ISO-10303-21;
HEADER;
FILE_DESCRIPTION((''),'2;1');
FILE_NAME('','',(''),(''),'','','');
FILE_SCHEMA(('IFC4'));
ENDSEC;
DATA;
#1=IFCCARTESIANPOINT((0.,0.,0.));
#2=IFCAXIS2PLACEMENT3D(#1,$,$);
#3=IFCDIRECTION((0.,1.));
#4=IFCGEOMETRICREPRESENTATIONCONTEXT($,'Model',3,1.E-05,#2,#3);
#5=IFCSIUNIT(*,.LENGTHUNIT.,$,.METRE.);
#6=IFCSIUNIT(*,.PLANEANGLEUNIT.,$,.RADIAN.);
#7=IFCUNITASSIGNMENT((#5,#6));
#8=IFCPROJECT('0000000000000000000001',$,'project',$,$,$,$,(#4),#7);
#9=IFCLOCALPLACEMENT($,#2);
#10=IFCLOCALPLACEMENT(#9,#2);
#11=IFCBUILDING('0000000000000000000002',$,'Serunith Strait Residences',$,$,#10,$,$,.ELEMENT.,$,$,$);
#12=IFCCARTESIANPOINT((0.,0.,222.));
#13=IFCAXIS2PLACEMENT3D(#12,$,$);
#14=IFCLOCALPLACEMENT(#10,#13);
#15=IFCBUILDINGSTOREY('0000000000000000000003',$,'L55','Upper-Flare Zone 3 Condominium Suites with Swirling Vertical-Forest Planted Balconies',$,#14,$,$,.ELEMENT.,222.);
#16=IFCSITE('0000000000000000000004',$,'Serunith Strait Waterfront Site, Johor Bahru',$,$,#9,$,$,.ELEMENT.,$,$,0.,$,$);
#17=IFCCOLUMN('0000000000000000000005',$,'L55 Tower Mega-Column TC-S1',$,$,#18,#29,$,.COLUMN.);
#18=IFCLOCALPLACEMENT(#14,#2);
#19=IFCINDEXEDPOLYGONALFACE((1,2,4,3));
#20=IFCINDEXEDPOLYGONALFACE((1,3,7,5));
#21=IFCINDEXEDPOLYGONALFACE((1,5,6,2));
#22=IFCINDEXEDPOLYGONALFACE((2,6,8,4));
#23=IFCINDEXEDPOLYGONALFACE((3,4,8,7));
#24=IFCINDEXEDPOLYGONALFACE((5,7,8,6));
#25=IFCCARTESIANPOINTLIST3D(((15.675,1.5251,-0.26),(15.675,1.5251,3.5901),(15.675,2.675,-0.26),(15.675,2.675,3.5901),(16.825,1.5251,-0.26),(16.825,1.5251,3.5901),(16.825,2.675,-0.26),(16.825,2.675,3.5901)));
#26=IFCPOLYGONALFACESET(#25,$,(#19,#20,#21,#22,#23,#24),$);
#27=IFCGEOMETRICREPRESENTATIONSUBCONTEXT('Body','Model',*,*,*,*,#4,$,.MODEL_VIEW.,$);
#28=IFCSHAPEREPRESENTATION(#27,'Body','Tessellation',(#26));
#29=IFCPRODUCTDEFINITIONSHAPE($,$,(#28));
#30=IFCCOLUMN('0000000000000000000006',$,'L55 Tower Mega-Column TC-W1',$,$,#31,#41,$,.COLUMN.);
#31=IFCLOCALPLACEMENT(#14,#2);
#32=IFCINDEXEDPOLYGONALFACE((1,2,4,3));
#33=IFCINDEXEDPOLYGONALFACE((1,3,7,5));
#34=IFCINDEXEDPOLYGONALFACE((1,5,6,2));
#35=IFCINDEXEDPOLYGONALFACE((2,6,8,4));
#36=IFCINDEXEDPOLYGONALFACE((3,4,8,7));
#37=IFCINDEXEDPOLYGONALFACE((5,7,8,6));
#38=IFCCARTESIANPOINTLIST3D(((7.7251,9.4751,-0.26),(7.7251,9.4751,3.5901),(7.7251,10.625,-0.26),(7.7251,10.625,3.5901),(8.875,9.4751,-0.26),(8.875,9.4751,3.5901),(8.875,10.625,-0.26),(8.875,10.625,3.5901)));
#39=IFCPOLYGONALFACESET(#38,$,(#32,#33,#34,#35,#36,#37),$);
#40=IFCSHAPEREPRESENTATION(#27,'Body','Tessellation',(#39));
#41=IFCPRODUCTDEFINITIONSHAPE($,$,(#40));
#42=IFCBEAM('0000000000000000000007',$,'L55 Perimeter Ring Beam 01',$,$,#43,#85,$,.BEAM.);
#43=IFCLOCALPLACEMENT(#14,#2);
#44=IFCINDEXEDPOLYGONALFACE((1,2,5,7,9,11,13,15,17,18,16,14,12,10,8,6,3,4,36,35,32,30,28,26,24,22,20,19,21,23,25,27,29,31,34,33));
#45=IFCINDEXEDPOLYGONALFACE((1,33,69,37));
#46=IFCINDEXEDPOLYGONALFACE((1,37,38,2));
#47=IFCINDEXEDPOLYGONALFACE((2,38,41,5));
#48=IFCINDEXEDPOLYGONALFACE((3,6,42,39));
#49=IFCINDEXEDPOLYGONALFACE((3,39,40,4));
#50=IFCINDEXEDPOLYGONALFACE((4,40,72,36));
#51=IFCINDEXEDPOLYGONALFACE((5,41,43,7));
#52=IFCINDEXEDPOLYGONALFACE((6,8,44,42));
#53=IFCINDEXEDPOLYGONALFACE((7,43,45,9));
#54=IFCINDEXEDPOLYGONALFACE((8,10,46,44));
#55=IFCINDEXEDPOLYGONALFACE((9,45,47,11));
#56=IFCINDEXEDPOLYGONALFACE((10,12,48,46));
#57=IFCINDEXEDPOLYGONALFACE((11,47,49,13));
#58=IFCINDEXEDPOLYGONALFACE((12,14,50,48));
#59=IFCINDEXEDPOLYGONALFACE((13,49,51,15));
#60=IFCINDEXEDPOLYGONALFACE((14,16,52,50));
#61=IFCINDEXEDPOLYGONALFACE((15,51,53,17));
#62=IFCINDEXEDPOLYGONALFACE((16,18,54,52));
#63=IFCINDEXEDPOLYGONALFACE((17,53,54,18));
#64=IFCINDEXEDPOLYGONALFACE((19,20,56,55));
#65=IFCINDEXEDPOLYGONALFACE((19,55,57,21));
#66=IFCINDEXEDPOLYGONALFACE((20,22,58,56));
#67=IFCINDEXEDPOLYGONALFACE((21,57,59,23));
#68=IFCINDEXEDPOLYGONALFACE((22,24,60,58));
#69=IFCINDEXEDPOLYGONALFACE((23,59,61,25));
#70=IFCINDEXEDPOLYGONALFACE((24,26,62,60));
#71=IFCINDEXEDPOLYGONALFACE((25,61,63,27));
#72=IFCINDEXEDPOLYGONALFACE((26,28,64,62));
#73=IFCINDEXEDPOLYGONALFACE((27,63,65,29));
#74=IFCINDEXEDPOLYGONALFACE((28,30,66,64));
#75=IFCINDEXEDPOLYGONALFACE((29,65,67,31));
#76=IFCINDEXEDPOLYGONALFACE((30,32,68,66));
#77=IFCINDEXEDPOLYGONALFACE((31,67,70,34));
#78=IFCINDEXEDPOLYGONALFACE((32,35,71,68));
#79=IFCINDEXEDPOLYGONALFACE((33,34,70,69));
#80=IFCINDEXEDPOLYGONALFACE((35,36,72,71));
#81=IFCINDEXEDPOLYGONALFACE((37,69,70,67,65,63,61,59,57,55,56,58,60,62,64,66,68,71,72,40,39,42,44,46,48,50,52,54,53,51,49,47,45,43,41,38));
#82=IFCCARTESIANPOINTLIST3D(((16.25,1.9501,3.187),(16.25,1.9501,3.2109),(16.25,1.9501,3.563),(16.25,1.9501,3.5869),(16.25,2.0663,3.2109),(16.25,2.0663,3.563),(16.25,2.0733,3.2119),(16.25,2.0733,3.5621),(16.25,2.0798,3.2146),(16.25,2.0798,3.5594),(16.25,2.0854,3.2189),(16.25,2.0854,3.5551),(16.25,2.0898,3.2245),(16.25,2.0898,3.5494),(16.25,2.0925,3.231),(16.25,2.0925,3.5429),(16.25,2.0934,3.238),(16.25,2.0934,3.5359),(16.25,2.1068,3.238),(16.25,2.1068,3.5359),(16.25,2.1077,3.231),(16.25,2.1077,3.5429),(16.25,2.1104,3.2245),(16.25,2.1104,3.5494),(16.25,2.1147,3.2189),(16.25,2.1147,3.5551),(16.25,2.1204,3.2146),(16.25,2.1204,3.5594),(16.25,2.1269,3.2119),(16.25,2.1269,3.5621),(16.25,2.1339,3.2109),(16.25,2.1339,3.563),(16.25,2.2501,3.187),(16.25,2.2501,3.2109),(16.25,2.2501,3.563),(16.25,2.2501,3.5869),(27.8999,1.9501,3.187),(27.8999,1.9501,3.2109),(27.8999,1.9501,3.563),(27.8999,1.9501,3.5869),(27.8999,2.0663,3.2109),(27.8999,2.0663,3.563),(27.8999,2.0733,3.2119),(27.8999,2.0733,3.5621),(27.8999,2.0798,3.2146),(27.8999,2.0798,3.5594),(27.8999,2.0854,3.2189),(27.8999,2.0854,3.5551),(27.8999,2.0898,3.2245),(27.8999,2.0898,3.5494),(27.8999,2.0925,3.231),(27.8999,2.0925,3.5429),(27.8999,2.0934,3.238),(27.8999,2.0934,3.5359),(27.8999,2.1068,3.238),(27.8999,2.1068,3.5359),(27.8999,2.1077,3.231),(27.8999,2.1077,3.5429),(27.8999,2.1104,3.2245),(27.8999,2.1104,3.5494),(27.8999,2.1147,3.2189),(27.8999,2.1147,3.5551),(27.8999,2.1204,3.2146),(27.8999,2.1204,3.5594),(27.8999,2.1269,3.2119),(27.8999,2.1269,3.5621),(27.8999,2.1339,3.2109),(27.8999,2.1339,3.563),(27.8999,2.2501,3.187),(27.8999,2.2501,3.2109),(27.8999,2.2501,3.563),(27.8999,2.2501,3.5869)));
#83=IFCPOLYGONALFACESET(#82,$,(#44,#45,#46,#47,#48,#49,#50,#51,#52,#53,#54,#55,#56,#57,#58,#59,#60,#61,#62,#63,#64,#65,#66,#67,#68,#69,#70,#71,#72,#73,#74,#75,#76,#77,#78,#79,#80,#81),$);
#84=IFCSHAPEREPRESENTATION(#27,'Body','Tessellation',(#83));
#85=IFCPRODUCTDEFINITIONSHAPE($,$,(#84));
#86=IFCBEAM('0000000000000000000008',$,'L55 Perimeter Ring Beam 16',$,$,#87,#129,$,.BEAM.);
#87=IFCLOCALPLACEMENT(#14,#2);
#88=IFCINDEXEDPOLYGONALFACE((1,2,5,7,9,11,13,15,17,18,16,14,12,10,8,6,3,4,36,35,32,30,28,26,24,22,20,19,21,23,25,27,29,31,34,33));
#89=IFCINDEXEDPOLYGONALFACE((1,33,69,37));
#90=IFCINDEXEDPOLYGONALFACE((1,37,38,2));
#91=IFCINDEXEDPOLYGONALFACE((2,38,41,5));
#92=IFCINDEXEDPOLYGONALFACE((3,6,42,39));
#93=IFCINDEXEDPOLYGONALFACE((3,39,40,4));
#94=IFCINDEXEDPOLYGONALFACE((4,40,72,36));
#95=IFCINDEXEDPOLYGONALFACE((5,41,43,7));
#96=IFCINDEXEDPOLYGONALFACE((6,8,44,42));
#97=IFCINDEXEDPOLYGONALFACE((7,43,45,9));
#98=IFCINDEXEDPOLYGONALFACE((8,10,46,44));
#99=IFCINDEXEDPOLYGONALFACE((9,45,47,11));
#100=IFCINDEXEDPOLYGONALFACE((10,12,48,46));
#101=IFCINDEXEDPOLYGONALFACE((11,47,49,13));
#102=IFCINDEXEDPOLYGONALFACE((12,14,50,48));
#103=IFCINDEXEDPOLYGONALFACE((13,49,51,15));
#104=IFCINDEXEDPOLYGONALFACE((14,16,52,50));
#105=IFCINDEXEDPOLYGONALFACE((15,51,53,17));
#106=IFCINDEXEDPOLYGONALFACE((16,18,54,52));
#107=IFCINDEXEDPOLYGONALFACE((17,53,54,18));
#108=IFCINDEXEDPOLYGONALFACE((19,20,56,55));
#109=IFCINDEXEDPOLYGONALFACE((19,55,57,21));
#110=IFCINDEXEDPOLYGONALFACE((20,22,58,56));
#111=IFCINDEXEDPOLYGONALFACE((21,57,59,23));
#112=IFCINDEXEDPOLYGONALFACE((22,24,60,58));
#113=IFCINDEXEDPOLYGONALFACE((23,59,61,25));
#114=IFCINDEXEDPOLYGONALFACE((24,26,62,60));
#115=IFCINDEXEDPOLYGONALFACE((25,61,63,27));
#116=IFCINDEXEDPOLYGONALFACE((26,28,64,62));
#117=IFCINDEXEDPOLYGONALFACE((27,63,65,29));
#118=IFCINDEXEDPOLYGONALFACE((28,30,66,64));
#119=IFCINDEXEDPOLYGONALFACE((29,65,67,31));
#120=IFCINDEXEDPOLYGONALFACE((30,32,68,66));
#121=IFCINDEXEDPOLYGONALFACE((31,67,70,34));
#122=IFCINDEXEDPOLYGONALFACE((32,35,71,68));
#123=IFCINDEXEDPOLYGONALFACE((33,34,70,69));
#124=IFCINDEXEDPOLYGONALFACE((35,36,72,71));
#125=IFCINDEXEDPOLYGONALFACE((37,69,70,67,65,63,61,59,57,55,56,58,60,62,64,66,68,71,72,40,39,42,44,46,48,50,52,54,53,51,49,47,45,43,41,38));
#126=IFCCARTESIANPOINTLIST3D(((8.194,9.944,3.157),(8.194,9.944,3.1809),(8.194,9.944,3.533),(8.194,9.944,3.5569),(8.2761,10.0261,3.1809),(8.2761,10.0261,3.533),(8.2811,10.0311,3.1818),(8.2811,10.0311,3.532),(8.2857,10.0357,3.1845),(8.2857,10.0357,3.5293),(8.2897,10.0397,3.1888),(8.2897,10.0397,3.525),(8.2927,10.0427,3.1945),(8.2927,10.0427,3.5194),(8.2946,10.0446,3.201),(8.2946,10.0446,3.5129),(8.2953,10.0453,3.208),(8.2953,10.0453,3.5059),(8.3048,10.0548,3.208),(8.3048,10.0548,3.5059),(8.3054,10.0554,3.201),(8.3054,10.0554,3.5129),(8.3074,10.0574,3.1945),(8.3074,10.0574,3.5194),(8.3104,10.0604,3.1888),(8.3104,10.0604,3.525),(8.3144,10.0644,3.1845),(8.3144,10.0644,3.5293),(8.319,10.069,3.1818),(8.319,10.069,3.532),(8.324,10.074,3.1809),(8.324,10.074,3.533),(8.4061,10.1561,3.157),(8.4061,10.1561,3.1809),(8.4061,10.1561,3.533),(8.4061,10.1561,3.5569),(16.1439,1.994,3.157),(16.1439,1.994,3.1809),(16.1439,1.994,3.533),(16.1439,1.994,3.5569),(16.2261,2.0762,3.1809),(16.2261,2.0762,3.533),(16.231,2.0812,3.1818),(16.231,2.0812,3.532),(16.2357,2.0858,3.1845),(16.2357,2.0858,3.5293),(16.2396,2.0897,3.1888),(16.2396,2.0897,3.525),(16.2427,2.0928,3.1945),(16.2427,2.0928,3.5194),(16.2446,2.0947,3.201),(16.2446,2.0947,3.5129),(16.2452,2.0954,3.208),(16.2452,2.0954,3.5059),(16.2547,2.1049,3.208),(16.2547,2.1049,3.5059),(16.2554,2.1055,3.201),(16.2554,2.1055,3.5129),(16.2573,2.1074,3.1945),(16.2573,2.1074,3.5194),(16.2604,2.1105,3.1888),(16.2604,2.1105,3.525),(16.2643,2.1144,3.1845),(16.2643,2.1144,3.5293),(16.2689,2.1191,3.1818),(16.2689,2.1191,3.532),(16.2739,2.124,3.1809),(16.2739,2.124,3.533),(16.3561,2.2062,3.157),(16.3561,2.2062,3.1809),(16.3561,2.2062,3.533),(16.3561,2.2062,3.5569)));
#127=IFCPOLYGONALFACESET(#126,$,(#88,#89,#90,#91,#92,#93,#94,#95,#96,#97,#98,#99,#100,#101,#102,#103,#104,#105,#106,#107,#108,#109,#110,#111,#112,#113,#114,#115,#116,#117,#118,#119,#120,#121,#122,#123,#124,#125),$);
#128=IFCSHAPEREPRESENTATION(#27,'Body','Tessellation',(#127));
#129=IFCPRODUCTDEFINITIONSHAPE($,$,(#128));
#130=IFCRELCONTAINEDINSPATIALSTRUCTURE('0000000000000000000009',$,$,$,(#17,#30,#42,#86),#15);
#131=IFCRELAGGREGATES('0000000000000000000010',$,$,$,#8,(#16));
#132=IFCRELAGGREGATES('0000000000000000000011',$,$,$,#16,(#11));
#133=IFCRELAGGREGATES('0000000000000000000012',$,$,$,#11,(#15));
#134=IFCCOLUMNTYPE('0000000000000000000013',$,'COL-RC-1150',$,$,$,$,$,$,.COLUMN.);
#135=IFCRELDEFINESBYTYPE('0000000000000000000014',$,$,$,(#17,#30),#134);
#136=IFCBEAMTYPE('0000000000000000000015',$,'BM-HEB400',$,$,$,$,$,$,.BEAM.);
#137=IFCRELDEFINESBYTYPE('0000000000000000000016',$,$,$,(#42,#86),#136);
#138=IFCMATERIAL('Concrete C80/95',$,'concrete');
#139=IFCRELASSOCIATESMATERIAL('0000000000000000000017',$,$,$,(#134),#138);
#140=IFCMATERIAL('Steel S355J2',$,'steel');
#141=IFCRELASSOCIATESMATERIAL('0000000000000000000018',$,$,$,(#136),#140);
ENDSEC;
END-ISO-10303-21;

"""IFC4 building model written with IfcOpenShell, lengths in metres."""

from ifc_helpers import new_model, si_unit, direction, frame, origin, origin_2d, place, context, subcontext, project, spatial, rectangle, i_section, extrude, source, transform, mapped, material, material_profile, profile_set, type_object, element, save


model = new_model("IFC4")

# Units and contexts
model_context = context("Model", 3, precision=1e-05, world=origin(), true_north=direction((0.0, 1.0)))
body_context = subcontext(model_context, "Body", "Model", "MODEL_VIEW")
ifc_project = project(units=[si_unit("LENGTHUNIT", "METRE"), si_unit("PLANEANGLEUNIT", "RADIAN")], contexts=[model_context])

# Site, building, storey
site_placement = place(None, origin())
site = spatial("IfcSite", under=ifc_project, at=site_placement, Name="Serunith Strait Waterfront Site, Johor Bahru", CompositionType="ELEMENT", RefElevation=0.0)
building_placement = place(site_placement, origin())
building = spatial("IfcBuilding", under=site, at=building_placement, Name="Serunith Strait Residences", CompositionType="ELEMENT")
storey_placement = place(building_placement, frame((0.0, 0.0, 222.0)))
storey = spatial("IfcBuildingStorey", under=building, at=storey_placement, Name="L55", Description="Upper-Flare Zone 3 Condominium Suites with Swirling Vertical-Forest Planted Balconies", CompositionType="ELEMENT", Elevation=222.0)

# Columns
ifc_material_1 = material(Name="Concrete C80/95", Category="concrete")
ifc_material_profile_1 = material_profile(ifc_material_1, rectangle(XDim=1.1499, YDim=1.1499, at=origin_2d()), Name="RC 1150x1150")
ifc_profile_set_1 = profile_set([ifc_material_profile_1], Name="Concrete C80/95")
column_type = type_object("IfcColumnType", Name="COL-RC-1150", PredefinedType="COLUMN", material=ifc_profile_set_1)
shared_shape_1 = source(origin(), body_context, "Body", "SweptSolid", [
    extrude(rectangle(XDim=1.1499, YDim=1.1499, at=origin_2d()), origin(), (0.0, 0.0, 1.0), 3.8501),
])
for number, where, z_axis, x_axis, name in (
    (1, (16.25, 2.1001, -0.26), (0.0, 0.0, 1.0), (1.0, 0.0, 0.0), "L55 Tower Mega-Column TC-S1"),
    (2, (8.3, 10.05, -0.26), (0.0, 0.0, 1.0), (1.0, 0.0, 0.0), "L55 Tower Mega-Column TC-W1"),
):
    element("IfcColumn", number, at=place(storey_placement, frame(where, z_axis=z_axis, x_axis=x_axis)), inside=storey, type_object=column_type, Name=name, PredefinedType="COLUMN", context=body_context, shape_type="MappedRepresentation", body=[
        mapped(shared_shape_1, transform((0.0, 0.0, 0.0), scale=1.0)),
    ])

# Beams
ifc_material_2 = material(Name="Steel S355J2", Category="steel")
ifc_material_profile_2 = material_profile(ifc_material_2, i_section(OverallWidth=0.3, OverallDepth=0.3999, WebThickness=0.0134, FlangeThickness=0.0239, FilletRadius=0.0271, at=origin_2d()), Name="HEB 400")
ifc_profile_set_2 = profile_set([ifc_material_profile_2], Name="Steel S355J2")
beam_type = type_object("IfcBeamType", Name="BM-HEB400", PredefinedType="BEAM", material=ifc_profile_set_2)
shared_shape_2 = source(origin(), body_context, "Body", "SweptSolid", [
    extrude(i_section(OverallWidth=0.3, OverallDepth=0.3999, WebThickness=0.0134, FlangeThickness=0.0239, FilletRadius=0.0271, at=origin_2d()), origin(), (0.0, 0.0, 1.0), 11.6499),
])
beam_1_placement = place(storey_placement, frame((16.25, 2.1001, 3.387), z_axis=(1.0, 0.0, 0.0), x_axis=(0.0, 1.0, 0.0)))
element("IfcBeam", 3, at=beam_1_placement, inside=storey, type_object=beam_type, Name="L55 Perimeter Ring Beam 01", PredefinedType="BEAM", context=body_context, shape_type="MappedRepresentation", body=[
    mapped(shared_shape_2, transform((0.0, 0.0, 0.0), scale=1.0)),
])
shared_shape_3 = source(origin(), body_context, "Body", "SweptSolid", [
    extrude(i_section(OverallWidth=0.3, OverallDepth=0.3999, WebThickness=0.0134, FlangeThickness=0.0239, FilletRadius=0.0271, at=origin_2d()), origin(), (0.0, 0.0, 1.0), 11.2429),
])
beam_2_placement = place(storey_placement, frame((8.3, 10.05, 3.3569), z_axis=(0.707107, -0.707107, 0.0), x_axis=(0.707107, 0.707107, 0.0)))
element("IfcBeam", 4, at=beam_2_placement, inside=storey, type_object=beam_type, Name="L55 Perimeter Ring Beam 16", PredefinedType="BEAM", context=body_context, shape_type="MappedRepresentation", body=[
    mapped(shared_shape_3, transform((0.0, 0.0, 0.0), scale=1.0)),
])

save(model, "model.ifc")
